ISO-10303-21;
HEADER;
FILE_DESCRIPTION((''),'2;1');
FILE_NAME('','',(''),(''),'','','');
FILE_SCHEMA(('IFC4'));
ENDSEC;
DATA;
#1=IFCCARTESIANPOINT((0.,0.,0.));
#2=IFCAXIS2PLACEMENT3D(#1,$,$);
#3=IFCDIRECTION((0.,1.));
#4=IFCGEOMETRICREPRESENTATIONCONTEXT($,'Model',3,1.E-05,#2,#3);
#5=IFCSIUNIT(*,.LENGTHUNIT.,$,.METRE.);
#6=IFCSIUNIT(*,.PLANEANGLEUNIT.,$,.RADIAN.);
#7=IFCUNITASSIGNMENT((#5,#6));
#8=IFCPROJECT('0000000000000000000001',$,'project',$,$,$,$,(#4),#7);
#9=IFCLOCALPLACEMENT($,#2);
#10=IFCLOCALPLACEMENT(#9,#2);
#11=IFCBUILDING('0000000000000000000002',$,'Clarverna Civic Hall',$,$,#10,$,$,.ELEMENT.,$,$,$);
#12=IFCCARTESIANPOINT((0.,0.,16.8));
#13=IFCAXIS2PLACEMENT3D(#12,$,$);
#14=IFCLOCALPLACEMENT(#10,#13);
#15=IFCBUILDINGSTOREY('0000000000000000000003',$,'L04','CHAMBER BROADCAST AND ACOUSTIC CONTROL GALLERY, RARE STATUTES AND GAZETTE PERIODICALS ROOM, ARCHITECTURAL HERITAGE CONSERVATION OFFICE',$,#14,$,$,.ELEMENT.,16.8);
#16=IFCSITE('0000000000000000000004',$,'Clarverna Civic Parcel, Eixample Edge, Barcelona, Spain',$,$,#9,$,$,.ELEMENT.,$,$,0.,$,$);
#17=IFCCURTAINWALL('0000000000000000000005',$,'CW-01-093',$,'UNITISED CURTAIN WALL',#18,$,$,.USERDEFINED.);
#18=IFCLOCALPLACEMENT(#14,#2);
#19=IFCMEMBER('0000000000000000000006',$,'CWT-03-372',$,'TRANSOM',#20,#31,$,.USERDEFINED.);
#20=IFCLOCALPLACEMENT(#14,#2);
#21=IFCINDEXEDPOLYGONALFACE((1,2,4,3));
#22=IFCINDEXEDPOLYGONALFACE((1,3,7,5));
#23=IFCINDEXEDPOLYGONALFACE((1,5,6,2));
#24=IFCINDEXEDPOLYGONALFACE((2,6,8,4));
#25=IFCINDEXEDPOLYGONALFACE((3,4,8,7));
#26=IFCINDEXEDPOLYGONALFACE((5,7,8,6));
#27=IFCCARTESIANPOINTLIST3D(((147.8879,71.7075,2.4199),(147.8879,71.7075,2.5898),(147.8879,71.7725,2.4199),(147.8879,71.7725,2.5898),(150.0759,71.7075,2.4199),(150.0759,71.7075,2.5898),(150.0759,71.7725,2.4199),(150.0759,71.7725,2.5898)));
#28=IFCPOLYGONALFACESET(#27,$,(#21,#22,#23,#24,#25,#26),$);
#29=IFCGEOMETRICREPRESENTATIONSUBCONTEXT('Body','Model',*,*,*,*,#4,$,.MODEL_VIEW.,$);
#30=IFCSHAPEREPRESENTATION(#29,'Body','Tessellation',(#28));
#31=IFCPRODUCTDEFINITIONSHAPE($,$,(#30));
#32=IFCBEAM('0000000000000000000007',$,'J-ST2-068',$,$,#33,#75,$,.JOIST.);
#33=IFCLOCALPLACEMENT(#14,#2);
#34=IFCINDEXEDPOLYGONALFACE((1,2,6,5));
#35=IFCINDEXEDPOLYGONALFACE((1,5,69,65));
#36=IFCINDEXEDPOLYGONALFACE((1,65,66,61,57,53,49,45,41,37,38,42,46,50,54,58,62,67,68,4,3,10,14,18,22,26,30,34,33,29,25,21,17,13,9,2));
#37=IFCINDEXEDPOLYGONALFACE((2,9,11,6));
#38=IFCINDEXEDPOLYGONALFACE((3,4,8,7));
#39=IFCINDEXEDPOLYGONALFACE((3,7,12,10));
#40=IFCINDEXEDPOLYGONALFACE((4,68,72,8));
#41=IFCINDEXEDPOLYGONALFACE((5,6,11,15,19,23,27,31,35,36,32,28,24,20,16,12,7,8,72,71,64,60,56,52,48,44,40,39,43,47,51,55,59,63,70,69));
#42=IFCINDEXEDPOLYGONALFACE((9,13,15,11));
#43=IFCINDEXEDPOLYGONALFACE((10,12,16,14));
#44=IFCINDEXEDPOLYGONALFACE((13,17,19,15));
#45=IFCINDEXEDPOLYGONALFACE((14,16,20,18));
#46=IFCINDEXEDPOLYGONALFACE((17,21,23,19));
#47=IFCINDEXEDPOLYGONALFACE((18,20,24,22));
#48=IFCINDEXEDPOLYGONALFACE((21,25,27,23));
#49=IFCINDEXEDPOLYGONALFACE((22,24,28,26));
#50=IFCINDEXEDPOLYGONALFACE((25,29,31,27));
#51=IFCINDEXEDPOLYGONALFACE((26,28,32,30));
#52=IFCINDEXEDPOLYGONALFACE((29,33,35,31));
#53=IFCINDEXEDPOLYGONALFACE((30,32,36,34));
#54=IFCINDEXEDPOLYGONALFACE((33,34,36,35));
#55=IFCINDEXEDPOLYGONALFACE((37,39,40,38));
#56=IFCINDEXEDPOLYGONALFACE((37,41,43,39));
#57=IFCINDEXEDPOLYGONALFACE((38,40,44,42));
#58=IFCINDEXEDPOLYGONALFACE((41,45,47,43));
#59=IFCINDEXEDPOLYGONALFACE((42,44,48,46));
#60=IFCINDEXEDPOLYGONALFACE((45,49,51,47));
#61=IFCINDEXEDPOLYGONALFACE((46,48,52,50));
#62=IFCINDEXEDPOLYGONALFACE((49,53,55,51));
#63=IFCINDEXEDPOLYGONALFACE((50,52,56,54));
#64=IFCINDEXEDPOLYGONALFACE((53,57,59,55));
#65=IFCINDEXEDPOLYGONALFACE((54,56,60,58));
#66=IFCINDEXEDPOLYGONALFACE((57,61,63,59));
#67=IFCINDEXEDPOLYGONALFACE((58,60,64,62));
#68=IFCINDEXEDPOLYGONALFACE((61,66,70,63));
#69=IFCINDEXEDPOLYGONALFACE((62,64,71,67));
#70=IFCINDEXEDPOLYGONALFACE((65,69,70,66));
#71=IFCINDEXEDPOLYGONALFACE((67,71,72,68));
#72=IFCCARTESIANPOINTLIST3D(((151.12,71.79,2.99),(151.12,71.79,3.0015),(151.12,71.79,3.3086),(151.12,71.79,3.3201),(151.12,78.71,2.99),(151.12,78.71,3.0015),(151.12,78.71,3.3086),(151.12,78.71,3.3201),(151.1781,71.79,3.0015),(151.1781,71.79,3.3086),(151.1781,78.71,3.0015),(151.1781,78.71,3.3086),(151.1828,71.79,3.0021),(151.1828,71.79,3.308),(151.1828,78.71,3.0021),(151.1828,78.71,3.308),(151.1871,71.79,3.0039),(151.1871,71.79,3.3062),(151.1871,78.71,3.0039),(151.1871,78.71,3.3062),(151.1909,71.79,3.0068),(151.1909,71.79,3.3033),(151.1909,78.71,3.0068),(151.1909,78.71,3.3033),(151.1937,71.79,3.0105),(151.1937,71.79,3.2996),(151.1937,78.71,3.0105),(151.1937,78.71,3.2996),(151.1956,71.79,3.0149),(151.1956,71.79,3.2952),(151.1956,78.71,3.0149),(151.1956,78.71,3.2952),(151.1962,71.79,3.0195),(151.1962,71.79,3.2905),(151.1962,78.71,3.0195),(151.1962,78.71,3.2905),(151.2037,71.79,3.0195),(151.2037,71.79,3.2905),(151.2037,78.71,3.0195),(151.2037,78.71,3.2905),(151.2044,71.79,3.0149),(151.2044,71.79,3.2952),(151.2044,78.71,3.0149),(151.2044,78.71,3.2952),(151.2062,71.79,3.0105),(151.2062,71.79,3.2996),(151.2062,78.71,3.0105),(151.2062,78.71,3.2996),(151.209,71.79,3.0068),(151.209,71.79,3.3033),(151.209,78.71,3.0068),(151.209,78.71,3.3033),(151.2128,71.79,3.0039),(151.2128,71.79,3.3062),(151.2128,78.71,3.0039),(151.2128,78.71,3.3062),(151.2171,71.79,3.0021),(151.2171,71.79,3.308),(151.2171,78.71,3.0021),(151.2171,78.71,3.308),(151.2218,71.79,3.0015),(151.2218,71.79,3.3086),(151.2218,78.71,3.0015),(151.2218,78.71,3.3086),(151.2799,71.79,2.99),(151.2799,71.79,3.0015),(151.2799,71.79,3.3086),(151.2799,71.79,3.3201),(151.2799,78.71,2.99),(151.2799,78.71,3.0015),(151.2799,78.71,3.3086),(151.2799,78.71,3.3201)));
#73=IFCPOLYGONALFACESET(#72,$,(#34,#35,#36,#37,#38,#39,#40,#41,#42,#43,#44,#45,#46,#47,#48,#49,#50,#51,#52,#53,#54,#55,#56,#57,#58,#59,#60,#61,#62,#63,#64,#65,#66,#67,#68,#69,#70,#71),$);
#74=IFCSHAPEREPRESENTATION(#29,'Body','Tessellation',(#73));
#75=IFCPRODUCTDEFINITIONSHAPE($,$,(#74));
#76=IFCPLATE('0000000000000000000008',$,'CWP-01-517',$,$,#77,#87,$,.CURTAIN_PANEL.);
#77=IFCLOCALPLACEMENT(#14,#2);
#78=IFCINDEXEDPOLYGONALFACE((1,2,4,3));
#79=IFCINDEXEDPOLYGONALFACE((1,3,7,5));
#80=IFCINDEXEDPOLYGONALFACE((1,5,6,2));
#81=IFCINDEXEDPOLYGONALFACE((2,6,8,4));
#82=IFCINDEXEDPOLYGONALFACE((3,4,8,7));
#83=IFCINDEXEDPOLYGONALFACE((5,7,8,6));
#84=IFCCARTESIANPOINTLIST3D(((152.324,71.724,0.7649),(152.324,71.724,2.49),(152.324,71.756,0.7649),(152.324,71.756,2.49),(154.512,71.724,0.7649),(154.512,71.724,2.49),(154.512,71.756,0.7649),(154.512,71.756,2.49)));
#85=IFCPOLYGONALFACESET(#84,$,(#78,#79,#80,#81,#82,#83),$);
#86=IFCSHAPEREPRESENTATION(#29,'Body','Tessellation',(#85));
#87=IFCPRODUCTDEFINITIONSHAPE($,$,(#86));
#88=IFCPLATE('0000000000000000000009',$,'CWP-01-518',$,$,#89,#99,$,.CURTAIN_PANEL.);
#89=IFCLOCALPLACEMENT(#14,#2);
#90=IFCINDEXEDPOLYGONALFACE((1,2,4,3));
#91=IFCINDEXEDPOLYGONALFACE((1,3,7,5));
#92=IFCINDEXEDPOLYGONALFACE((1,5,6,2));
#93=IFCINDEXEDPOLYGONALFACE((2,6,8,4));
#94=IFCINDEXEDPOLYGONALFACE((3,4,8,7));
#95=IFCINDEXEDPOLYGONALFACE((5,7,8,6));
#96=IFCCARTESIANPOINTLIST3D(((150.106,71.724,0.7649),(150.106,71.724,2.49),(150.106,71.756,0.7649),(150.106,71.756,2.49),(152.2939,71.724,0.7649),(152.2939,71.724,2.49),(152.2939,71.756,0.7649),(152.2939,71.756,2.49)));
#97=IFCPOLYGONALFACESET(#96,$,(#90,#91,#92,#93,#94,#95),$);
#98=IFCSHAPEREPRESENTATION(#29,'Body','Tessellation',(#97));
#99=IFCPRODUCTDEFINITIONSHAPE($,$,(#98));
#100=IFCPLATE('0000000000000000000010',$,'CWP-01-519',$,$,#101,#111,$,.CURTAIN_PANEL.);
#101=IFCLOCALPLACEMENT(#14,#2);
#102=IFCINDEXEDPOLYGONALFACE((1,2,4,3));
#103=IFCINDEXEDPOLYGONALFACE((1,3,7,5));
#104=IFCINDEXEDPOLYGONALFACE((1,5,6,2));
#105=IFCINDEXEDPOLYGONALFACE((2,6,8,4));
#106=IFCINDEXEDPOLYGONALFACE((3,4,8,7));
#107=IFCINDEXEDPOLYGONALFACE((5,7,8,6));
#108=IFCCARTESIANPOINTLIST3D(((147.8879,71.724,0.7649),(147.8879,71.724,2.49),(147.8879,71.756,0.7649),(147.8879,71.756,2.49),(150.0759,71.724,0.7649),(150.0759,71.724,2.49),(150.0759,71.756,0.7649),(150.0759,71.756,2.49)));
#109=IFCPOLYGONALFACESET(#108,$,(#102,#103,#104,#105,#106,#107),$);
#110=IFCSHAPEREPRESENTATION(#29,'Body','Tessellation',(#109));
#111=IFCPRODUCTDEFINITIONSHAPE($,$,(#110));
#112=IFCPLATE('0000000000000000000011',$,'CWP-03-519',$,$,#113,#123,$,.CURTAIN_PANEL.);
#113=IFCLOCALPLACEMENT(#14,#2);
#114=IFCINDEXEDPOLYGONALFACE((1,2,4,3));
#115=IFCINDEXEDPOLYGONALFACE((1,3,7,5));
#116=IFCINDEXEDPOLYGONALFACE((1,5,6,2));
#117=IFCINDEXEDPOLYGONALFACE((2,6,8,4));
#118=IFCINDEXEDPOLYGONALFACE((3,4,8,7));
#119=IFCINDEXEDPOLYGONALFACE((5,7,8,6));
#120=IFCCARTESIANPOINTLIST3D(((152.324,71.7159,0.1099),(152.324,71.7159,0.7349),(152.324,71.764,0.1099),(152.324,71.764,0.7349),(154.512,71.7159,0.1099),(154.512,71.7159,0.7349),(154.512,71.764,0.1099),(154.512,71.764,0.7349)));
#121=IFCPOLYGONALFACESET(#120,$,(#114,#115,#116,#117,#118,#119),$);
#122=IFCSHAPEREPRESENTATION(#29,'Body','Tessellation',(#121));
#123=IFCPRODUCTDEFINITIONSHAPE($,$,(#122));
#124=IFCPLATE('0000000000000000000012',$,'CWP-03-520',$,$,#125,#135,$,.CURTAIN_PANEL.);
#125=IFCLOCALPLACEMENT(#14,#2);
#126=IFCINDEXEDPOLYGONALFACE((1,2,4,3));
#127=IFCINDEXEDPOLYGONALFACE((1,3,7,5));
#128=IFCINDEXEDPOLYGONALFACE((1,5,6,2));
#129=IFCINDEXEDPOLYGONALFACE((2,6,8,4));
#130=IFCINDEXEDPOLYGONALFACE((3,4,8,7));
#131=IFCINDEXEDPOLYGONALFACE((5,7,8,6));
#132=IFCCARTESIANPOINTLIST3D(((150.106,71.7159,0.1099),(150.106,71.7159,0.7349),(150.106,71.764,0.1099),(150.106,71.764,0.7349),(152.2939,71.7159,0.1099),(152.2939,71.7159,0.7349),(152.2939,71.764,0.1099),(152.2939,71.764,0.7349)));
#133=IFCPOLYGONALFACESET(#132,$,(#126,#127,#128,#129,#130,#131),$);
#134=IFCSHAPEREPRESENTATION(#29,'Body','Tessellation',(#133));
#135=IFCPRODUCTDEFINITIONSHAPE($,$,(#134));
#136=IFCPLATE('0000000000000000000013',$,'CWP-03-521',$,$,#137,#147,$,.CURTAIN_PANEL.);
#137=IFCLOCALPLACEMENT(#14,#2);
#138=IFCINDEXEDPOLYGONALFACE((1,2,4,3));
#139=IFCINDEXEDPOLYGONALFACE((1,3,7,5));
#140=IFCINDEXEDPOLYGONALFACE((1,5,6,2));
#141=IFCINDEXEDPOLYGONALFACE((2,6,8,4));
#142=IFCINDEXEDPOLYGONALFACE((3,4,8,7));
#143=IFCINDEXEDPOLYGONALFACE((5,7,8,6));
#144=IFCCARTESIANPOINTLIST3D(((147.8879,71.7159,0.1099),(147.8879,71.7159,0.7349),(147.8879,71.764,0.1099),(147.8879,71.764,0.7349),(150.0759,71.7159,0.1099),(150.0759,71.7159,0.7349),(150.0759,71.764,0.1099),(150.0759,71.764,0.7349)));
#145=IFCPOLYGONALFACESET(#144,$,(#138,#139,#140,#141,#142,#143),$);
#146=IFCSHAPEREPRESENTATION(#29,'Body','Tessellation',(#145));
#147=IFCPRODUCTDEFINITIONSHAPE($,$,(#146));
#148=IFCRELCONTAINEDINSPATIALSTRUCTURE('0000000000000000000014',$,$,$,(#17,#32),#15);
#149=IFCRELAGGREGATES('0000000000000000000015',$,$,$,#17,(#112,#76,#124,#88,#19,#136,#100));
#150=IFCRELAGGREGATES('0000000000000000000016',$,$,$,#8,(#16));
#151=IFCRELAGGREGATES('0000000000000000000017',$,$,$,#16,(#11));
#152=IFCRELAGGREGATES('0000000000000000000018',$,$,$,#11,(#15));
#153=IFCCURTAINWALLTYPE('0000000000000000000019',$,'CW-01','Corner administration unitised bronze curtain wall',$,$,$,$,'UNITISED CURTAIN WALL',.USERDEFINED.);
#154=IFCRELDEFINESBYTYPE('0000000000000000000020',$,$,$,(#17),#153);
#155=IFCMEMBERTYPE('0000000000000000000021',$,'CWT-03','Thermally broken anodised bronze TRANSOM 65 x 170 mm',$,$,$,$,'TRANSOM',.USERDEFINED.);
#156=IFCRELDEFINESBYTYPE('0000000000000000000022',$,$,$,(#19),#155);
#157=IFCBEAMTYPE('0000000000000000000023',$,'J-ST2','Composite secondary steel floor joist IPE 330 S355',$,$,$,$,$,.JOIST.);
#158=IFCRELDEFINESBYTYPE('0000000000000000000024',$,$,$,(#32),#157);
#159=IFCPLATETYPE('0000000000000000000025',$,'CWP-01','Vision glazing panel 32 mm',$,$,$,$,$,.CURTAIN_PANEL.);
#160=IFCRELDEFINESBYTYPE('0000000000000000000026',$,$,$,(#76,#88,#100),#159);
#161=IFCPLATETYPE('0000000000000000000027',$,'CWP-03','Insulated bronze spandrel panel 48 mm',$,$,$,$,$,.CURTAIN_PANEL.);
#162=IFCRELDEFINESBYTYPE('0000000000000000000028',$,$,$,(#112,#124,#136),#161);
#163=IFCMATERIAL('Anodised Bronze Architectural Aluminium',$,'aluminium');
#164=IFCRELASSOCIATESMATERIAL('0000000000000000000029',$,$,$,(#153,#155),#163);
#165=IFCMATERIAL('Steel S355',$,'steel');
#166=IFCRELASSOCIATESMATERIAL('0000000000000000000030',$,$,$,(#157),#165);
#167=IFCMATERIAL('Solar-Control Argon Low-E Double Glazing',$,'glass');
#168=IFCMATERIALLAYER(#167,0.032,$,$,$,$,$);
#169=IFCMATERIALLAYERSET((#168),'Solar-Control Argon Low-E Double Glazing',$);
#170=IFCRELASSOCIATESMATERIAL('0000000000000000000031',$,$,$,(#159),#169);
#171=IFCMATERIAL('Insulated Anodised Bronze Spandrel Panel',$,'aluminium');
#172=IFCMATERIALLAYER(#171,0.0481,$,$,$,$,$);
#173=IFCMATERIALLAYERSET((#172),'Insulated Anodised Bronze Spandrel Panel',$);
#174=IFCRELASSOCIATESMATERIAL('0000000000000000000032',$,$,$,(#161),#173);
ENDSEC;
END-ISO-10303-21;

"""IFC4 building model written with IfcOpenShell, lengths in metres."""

from ifc_helpers import new_model, si_unit, direction, frame, frame_2d, origin, origin_2d, place, context, subcontext, project, spatial, rectangle, i_section, extrude, material, layer, layer_set, material_profile, profile_set, type_object, element, aggregate, save


model = new_model("IFC4")

# Units and contexts
model_context = context("Model", 3, precision=1e-05, world=origin(), true_north=direction((0.0, 1.0)))
body_context = subcontext(model_context, "Body", "Model", "MODEL_VIEW")
ifc_project = project(units=[si_unit("LENGTHUNIT", "METRE"), si_unit("PLANEANGLEUNIT", "RADIAN")], contexts=[model_context])

# Site, building, storey
site_placement = place(None, origin())
site = spatial("IfcSite", under=ifc_project, at=site_placement, Name="Clarverna Civic Parcel, Eixample Edge, Barcelona, Spain", CompositionType="ELEMENT", RefElevation=0.0)
building_placement = place(site_placement, origin())
building = spatial("IfcBuilding", under=site, at=building_placement, Name="Clarverna Civic Hall", CompositionType="ELEMENT")
storey_placement = place(building_placement, frame((0.0, 0.0, 16.8)))
storey = spatial("IfcBuildingStorey", under=building, at=storey_placement, Name="L04", Description="CHAMBER BROADCAST AND ACOUSTIC CONTROL GALLERY, RARE STATUTES AND GAZETTE PERIODICALS ROOM, ARCHITECTURAL HERITAGE CONSERVATION OFFICE", CompositionType="ELEMENT", Elevation=16.8)

# Curtain wall, member
ifc_material_1 = material(Name="Anodised Bronze Architectural Aluminium", Category="aluminium")
curtain_wall_type = type_object("IfcCurtainWallType", Name="CW-01", Description="Corner administration unitised bronze curtain wall", ElementType="UNITISED CURTAIN WALL", PredefinedType="USERDEFINED", material=ifc_material_1)
curtain_wall_placement = place(storey_placement, origin())
curtain_wall = element("IfcCurtainWall", 1, at=curtain_wall_placement, inside=storey, type_object=curtain_wall_type, Name="CW-01-093", ObjectType="UNITISED CURTAIN WALL", PredefinedType="USERDEFINED")
ifc_material_profile_1 = material_profile(ifc_material_1, rectangle(XDim=0.0649, YDim=0.1699, at=origin_2d()), Name="BRONZE 65x170")
ifc_profile_set_1 = profile_set([ifc_material_profile_1], Name="Anodised Bronze Architectural Aluminium")
member_type_1 = type_object("IfcMemberType", Name="CWT-03", Description="Thermally broken anodised bronze TRANSOM 65 x 170 mm", ElementType="TRANSOM", PredefinedType="USERDEFINED", material=ifc_profile_set_1)
member_1_placement = place(storey_placement, frame((150.0759, 71.74, 2.5049), z_axis=(-1.0, 0.0, 0.0), x_axis=(0.0, -1.0, 0.0)))
member_1 = element("IfcMember", 2, at=member_1_placement, type_object=member_type_1, Name="CWT-03-372", ObjectType="TRANSOM", PredefinedType="USERDEFINED", context=body_context, shape_type="SweptSolid", body=[
    extrude(rectangle(XDim=0.0649, YDim=0.1699, at=origin_2d()), origin(), (0.0, 0.0, 1.0), 2.188),
])

# Beam
ifc_material_2 = material(Name="Steel S355", Category="steel")
ifc_material_profile_2 = material_profile(ifc_material_2, i_section(OverallWidth=0.1599, OverallDepth=0.3301, WebThickness=0.0076, FlangeThickness=0.0115, FilletRadius=0.0181, at=origin_2d()), Name="IPE 330")
ifc_profile_set_2 = profile_set([ifc_material_profile_2], Name="Steel S355")
beam_type_1 = type_object("IfcBeamType", Name="J-ST2", Description="Composite secondary steel floor joist IPE 330 S355", PredefinedType="JOIST", material=ifc_profile_set_2)
beam_1_placement = place(storey_placement, frame((151.2, 71.79, 3.155), z_axis=(0.0, 1.0, 0.0), x_axis=(-1.0, 0.0, 0.0)))
element("IfcBeam", 3, at=beam_1_placement, inside=storey, type_object=beam_type_1, Name="J-ST2-068", PredefinedType="JOIST", context=body_context, shape_type="SweptSolid", body=[
    extrude(i_section(OverallWidth=0.1599, OverallDepth=0.3301, WebThickness=0.0076, FlangeThickness=0.0115, FilletRadius=0.0181, at=origin_2d()), origin(), (0.0, 0.0, 1.0), 6.9199),
])

# Plates
ifc_material_3 = material(Name="Solar-Control Argon Low-E Double Glazing", Category="glass")
ifc_layer_1 = layer(ifc_material_3, 0.032)
ifc_layer_set_1 = layer_set([ifc_layer_1], Name="Solar-Control Argon Low-E Double Glazing")
plate_type_1 = type_object("IfcPlateType", Name="CWP-01", Description="Vision glazing panel 32 mm", PredefinedType="CURTAIN_PANEL", material=ifc_layer_set_1)
plate_1_placement = place(storey_placement, frame((154.512, 71.74, 0.7649), z_axis=(0.0, 0.0, 1.0), x_axis=(-1.0, 0.0, 0.0)))
plate_1 = element("IfcPlate", 4, at=plate_1_placement, type_object=plate_type_1, Name="CWP-01-517", PredefinedType="CURTAIN_PANEL", context=body_context, shape_type="SweptSolid", body=[
    extrude(rectangle(XDim=2.188, YDim=0.032, at=frame_2d((1.094, 0.0))), origin(), (0.0, 0.0, 1.0), 1.7251),
])
plate_2_placement = place(storey_placement, frame((152.2939, 71.74, 0.7649), z_axis=(0.0, 0.0, 1.0), x_axis=(-1.0, 0.0, 0.0)))
plate_2 = element("IfcPlate", 5, at=plate_2_placement, type_object=plate_type_1, Name="CWP-01-518", PredefinedType="CURTAIN_PANEL", context=body_context, shape_type="SweptSolid", body=[
    extrude(rectangle(XDim=2.188, YDim=0.032, at=frame_2d((1.094, 0.0))), origin(), (0.0, 0.0, 1.0), 1.7251),
])
plate_3_placement = place(storey_placement, frame((150.0759, 71.74, 0.7649), z_axis=(0.0, 0.0, 1.0), x_axis=(-1.0, 0.0, 0.0)))
plate_3 = element("IfcPlate", 6, at=plate_3_placement, type_object=plate_type_1, Name="CWP-01-519", PredefinedType="CURTAIN_PANEL", context=body_context, shape_type="SweptSolid", body=[
    extrude(rectangle(XDim=2.188, YDim=0.032, at=frame_2d((1.094, 0.0))), origin(), (0.0, 0.0, 1.0), 1.7251),
])
ifc_material_4 = material(Name="Insulated Anodised Bronze Spandrel Panel", Category="aluminium")
ifc_layer_2 = layer(ifc_material_4, 0.0481)
ifc_layer_set_2 = layer_set([ifc_layer_2], Name="Insulated Anodised Bronze Spandrel Panel")
plate_type_2 = type_object("IfcPlateType", Name="CWP-03", Description="Insulated bronze spandrel panel 48 mm", PredefinedType="CURTAIN_PANEL", material=ifc_layer_set_2)
plate_4_placement = place(storey_placement, frame((154.512, 71.74, 0.1099), z_axis=(0.0, 0.0, 1.0), x_axis=(-1.0, 0.0, 0.0)))
plate_4 = element("IfcPlate", 7, at=plate_4_placement, type_object=plate_type_2, Name="CWP-03-519", PredefinedType="CURTAIN_PANEL", context=body_context, shape_type="SweptSolid", body=[
    extrude(rectangle(XDim=2.188, YDim=0.0481, at=frame_2d((1.094, 0.0))), origin(), (0.0, 0.0, 1.0), 0.625),
])
plate_5_placement = place(storey_placement, frame((152.2939, 71.74, 0.1099), z_axis=(0.0, 0.0, 1.0), x_axis=(-1.0, 0.0, 0.0)))
plate_5 = element("IfcPlate", 8, at=plate_5_placement, type_object=plate_type_2, Name="CWP-03-520", PredefinedType="CURTAIN_PANEL", context=body_context, shape_type="SweptSolid", body=[
    extrude(rectangle(XDim=2.188, YDim=0.0481, at=frame_2d((1.094, 0.0))), origin(), (0.0, 0.0, 1.0), 0.625),
])
plate_6_placement = place(storey_placement, frame((150.0759, 71.74, 0.1099), z_axis=(0.0, 0.0, 1.0), x_axis=(-1.0, 0.0, 0.0)))
plate_6 = element("IfcPlate", 9, at=plate_6_placement, type_object=plate_type_2, Name="CWP-03-521", PredefinedType="CURTAIN_PANEL", context=body_context, shape_type="SweptSolid", body=[
    extrude(rectangle(XDim=2.188, YDim=0.0481, at=frame_2d((1.094, 0.0))), origin(), (0.0, 0.0, 1.0), 0.625),
])
aggregate(curtain_wall, [plate_4, plate_1, plate_5, plate_2, member_1, plate_6, plate_3])

save(model, "model.ifc")
